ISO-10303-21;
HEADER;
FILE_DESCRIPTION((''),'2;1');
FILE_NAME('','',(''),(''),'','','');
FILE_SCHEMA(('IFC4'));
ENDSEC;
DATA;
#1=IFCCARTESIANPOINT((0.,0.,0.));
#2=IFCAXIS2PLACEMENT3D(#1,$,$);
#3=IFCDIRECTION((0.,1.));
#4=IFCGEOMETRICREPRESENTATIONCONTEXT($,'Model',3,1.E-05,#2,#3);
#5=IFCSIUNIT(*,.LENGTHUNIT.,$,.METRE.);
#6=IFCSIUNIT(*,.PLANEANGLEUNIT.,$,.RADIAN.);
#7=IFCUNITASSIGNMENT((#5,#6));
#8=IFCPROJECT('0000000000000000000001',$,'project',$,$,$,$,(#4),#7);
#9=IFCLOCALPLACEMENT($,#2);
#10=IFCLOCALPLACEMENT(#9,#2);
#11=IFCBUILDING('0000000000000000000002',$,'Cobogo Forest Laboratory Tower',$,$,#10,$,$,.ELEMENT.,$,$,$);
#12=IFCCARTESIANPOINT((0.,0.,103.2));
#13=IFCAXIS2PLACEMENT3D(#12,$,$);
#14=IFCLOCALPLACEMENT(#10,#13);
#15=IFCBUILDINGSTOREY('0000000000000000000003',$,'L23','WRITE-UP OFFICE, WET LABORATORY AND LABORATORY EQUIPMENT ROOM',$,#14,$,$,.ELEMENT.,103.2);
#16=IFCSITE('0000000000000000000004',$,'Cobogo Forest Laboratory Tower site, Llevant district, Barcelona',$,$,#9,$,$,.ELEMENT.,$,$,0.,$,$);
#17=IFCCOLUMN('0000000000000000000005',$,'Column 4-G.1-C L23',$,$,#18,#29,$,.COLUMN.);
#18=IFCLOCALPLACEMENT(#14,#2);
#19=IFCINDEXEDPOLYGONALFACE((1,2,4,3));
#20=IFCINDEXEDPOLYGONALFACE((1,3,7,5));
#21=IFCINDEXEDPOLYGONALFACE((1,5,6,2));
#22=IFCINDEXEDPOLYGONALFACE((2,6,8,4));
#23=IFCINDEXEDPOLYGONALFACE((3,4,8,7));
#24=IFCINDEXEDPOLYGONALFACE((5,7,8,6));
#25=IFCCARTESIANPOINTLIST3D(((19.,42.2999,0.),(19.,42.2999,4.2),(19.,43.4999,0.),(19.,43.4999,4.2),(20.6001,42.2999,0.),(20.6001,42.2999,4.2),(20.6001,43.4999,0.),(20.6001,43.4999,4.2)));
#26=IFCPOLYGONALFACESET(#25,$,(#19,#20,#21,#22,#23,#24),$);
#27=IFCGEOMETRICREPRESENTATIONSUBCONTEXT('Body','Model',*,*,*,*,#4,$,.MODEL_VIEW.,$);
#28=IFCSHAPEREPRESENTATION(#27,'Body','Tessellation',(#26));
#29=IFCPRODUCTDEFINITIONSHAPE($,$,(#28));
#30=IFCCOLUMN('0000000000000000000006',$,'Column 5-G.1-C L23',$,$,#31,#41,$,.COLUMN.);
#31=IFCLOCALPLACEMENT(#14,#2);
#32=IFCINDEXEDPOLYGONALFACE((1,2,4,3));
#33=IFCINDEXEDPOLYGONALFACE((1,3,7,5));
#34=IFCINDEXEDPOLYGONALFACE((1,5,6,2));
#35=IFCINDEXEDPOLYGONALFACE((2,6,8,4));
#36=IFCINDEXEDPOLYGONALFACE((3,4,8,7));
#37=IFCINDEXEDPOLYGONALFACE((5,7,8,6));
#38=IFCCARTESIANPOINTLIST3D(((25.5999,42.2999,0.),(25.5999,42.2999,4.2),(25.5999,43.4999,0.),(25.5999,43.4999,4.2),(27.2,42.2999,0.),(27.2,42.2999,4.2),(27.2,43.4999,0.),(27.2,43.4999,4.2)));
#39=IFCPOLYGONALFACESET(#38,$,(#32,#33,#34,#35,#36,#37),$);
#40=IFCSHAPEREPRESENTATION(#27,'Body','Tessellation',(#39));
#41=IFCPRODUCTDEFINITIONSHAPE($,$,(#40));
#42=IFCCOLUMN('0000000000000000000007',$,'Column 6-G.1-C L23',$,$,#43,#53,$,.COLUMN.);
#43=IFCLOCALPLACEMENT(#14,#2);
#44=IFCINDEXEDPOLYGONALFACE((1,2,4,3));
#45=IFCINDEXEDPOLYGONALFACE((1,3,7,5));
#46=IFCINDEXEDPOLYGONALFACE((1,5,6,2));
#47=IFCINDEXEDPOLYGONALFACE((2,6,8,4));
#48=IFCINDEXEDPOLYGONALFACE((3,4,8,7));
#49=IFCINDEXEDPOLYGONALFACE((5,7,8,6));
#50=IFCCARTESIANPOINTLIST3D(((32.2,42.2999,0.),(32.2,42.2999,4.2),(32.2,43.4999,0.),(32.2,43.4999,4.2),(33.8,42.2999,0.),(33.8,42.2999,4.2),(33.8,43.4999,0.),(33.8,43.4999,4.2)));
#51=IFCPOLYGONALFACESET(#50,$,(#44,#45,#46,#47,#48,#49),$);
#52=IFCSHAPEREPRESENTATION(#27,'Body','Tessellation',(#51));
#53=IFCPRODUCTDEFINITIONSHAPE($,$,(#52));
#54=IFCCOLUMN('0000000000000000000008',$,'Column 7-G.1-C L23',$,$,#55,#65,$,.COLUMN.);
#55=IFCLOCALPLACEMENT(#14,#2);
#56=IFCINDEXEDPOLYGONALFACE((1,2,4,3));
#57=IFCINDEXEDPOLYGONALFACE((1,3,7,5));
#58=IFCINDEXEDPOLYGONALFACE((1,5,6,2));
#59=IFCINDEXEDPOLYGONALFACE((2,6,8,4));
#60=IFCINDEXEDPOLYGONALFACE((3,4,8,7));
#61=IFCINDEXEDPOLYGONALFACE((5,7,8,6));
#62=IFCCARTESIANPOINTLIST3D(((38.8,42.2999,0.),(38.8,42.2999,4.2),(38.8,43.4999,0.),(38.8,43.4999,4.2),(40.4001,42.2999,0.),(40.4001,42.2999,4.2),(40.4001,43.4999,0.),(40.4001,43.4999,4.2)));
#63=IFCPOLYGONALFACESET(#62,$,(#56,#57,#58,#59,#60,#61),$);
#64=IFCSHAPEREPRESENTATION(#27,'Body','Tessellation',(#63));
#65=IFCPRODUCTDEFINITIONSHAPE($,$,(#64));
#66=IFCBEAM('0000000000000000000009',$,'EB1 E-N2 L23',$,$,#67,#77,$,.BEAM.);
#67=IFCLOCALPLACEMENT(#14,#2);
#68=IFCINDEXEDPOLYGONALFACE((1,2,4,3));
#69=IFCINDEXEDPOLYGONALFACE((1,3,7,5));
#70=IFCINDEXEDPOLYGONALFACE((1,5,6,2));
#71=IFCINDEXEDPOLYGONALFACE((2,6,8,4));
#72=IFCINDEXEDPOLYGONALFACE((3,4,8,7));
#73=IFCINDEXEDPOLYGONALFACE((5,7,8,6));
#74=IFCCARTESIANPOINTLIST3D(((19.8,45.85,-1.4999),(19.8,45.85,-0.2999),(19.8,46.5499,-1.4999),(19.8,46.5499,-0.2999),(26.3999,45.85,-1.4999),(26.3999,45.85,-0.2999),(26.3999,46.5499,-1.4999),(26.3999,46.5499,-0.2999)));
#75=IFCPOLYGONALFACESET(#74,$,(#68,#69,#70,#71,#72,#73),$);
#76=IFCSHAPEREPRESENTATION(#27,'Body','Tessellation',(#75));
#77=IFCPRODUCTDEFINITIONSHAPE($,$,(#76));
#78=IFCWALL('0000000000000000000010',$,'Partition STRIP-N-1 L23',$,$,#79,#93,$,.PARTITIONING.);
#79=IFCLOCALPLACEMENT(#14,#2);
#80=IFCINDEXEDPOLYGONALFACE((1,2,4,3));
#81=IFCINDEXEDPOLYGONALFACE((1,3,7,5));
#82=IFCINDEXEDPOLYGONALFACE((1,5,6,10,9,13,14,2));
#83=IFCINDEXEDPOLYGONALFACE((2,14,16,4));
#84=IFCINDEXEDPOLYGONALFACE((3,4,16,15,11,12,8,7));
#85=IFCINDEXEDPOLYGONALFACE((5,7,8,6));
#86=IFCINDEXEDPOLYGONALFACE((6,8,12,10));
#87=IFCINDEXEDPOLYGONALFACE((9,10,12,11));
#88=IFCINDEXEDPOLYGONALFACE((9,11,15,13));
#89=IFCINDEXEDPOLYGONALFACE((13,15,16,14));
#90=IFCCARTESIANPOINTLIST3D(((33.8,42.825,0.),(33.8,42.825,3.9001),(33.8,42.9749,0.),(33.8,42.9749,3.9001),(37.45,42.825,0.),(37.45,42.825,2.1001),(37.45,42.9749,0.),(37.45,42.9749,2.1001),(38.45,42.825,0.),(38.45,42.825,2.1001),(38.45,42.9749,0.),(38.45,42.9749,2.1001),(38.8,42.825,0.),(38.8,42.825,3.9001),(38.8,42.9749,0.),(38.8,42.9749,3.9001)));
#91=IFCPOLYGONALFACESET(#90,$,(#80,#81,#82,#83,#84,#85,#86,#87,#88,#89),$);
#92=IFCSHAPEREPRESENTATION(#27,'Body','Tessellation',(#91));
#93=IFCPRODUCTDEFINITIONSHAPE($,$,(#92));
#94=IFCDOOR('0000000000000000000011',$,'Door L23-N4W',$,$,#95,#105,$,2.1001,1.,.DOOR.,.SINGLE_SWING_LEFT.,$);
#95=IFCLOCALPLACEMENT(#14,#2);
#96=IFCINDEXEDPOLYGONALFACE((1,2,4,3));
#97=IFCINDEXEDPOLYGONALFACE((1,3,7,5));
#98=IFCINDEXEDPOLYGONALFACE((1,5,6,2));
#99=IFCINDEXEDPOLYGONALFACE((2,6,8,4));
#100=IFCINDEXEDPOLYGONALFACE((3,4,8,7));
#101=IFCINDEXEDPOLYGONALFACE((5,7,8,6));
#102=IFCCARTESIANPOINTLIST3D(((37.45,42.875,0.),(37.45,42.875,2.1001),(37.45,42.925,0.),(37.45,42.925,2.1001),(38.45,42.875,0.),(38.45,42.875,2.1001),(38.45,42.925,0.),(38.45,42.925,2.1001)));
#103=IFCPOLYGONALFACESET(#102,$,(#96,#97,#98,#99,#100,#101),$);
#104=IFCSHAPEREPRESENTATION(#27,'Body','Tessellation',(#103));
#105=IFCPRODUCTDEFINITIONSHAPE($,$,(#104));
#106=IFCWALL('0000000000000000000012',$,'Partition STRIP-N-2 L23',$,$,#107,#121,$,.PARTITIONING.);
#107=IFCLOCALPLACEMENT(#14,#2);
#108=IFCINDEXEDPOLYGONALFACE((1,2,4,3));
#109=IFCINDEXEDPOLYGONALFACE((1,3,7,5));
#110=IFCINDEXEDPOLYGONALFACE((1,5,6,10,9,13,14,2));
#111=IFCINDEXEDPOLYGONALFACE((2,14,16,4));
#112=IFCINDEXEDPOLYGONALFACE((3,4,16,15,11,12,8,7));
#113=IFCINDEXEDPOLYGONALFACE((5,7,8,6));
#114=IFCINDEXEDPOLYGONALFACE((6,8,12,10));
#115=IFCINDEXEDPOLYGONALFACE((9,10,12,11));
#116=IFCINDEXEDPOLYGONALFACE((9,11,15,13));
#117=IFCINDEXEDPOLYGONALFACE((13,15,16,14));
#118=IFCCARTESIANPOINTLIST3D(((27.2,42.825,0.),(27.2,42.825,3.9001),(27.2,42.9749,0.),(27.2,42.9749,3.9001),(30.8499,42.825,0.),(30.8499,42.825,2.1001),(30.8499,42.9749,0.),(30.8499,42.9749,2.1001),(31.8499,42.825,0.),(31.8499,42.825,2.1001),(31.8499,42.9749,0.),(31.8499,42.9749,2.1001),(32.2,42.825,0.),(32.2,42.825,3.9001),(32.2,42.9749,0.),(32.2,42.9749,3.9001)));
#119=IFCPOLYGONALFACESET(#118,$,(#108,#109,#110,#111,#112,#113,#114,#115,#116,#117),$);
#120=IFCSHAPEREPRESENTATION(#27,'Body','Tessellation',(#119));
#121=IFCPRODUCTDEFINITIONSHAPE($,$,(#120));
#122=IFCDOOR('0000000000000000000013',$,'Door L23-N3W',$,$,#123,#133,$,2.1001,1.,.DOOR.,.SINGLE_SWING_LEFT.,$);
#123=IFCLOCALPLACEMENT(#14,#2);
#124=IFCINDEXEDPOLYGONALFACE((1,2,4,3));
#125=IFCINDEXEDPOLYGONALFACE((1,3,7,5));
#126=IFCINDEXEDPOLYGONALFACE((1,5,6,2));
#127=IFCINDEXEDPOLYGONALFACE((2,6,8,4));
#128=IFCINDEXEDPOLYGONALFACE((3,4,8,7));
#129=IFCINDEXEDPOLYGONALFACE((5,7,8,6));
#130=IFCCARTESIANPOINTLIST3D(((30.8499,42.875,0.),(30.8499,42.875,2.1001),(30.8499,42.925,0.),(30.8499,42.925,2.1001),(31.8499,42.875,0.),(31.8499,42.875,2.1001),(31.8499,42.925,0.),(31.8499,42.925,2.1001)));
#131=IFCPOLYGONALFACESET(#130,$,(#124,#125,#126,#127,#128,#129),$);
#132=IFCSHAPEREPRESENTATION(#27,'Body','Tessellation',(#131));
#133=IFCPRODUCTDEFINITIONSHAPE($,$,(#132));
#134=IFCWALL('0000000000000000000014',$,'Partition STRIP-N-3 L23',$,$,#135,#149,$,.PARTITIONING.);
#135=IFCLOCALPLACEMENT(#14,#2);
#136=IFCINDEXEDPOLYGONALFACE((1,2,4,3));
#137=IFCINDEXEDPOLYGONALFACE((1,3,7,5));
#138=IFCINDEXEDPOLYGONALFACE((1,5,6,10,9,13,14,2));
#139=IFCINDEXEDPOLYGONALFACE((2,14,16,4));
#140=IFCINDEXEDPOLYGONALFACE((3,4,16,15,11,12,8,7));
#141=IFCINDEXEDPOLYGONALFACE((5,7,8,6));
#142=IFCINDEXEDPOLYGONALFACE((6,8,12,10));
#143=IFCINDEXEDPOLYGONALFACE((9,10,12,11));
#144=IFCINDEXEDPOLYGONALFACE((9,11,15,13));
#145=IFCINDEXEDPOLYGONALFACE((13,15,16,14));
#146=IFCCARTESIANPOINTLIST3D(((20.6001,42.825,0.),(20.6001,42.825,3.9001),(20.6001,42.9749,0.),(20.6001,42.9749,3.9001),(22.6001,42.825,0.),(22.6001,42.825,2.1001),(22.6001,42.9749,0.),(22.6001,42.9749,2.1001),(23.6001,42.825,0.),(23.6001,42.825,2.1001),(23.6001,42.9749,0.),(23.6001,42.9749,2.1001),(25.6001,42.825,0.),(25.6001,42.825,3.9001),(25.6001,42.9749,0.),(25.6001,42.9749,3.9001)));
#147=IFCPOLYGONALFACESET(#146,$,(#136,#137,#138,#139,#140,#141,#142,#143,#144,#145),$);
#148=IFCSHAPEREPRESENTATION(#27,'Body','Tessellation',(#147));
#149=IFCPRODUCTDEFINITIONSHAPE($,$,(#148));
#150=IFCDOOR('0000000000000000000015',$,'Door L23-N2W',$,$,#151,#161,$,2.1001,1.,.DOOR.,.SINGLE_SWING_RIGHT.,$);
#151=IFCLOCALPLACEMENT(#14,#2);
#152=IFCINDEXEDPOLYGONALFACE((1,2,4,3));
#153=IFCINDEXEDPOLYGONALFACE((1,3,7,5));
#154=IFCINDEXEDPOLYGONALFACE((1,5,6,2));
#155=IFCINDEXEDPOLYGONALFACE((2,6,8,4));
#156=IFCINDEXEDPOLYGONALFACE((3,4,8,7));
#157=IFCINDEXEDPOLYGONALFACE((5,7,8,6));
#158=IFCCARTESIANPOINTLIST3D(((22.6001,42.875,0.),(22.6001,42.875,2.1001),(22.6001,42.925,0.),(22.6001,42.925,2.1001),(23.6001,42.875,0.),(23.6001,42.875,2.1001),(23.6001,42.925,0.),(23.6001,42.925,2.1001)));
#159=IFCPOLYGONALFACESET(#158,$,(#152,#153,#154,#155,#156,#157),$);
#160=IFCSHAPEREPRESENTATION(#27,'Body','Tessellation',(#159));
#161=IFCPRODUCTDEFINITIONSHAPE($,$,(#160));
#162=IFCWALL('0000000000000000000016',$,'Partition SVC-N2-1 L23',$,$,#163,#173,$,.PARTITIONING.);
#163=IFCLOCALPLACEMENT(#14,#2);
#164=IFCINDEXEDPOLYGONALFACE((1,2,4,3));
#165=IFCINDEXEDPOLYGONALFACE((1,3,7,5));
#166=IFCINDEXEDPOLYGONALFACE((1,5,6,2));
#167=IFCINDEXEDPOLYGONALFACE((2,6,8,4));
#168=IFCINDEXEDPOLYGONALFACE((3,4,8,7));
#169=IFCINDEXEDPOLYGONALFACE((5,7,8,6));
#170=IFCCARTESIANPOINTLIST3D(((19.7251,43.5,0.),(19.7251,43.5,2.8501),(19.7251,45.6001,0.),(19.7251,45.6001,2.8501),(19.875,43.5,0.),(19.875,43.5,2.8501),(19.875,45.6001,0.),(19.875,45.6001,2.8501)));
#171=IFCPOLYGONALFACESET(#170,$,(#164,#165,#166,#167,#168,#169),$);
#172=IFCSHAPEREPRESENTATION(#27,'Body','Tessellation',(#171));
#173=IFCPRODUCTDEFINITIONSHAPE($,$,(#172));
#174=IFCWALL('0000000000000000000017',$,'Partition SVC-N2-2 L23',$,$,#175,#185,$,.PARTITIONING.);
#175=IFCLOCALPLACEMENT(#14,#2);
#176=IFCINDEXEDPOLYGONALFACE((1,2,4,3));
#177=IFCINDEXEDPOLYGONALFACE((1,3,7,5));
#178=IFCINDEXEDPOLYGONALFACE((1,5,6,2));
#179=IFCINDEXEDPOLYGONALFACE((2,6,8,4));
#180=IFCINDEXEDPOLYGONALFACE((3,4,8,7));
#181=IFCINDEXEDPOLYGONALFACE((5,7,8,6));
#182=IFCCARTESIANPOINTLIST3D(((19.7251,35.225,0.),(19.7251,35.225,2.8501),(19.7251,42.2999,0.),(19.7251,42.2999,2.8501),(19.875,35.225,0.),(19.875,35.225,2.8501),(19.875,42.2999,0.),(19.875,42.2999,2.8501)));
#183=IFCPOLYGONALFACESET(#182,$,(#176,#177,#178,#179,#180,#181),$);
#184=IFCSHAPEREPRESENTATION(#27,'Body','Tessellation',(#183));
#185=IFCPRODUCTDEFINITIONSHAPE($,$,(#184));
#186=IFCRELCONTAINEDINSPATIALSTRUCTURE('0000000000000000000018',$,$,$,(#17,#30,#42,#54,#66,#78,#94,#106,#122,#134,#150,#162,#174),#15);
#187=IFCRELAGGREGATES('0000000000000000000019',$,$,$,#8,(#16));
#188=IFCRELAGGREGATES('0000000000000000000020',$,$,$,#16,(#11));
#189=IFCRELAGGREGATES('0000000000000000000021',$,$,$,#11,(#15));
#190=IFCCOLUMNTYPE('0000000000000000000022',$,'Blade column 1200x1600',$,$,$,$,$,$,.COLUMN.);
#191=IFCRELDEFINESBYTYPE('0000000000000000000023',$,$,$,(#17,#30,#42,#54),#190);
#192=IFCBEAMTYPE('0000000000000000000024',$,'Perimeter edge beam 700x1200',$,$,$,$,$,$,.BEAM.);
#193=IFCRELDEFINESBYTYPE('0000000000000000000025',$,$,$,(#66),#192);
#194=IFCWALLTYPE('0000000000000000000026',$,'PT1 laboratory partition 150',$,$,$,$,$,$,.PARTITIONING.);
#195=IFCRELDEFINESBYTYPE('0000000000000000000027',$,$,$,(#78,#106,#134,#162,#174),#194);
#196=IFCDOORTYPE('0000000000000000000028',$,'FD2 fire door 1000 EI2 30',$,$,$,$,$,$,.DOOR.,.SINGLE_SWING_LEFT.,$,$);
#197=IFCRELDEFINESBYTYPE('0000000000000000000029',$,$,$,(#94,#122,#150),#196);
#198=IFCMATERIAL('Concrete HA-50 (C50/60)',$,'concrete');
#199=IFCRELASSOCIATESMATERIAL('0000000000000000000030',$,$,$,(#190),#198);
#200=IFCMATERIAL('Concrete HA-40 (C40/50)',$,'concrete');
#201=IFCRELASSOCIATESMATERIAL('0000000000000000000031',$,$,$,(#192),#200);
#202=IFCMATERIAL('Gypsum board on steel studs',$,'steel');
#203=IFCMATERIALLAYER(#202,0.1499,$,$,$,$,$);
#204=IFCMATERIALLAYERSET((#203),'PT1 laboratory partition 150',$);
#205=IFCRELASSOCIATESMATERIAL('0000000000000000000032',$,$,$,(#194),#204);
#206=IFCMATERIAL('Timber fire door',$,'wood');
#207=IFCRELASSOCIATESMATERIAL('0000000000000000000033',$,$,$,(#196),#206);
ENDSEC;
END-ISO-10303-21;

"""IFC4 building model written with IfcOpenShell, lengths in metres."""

from ifc_helpers import new_model, si_unit, direction, frame, frame_2d, origin, origin_2d, place, context, subcontext, project, spatial, rectangle, extrude, material, layer, layer_set, material_profile, profile_set, type_object, element, fill, save


model = new_model("IFC4")

# Units and contexts
model_context = context("Model", 3, precision=1e-05, world=origin(), true_north=direction((0.0, 1.0)))
body_context = subcontext(model_context, "Body", "Model", "MODEL_VIEW")
ifc_project = project(units=[si_unit("LENGTHUNIT", "METRE"), si_unit("PLANEANGLEUNIT", "RADIAN")], contexts=[model_context])

# Site, building, storey
site_placement = place(None, origin())
site = spatial("IfcSite", under=ifc_project, at=site_placement, Name="Cobogo Forest Laboratory Tower site, Llevant district, Barcelona", CompositionType="ELEMENT", RefElevation=0.0)
building_placement = place(site_placement, origin())
building = spatial("IfcBuilding", under=site, at=building_placement, Name="Cobogo Forest Laboratory Tower", CompositionType="ELEMENT")
storey_placement = place(building_placement, frame((0.0, 0.0, 103.2)))
storey = spatial("IfcBuildingStorey", under=building, at=storey_placement, Name="L23", Description="WRITE-UP OFFICE, WET LABORATORY AND LABORATORY EQUIPMENT ROOM", CompositionType="ELEMENT", Elevation=103.2)

# Columns
ifc_material_1 = material(Name="Concrete HA-50 (C50/60)", Category="concrete")
ifc_material_profile_1 = material_profile(ifc_material_1, rectangle(XDim=1.6001, YDim=1.2, at=origin_2d()), Name="RC 1200x1600")
ifc_profile_set_1 = profile_set([ifc_material_profile_1], Name="Concrete HA-50 (C50/60)")
column_type = type_object("IfcColumnType", Name="Blade column 1200x1600", PredefinedType="COLUMN", material=ifc_profile_set_1)
for number, where, z_axis, x_axis, name in (
    (1, (19.8, 42.8999, 0.0), (0.0, 0.0, 1.0), (1.0, 0.0, 0.0), "Column 4-G.1-C L23"),
    (2, (26.3999, 42.8999, 0.0), (0.0, 0.0, 1.0), (1.0, 0.0, 0.0), "Column 5-G.1-C L23"),
    (3, (33.0, 42.8999, 0.0), (0.0, 0.0, 1.0), (1.0, 0.0, 0.0), "Column 6-G.1-C L23"),
    (4, (39.6001, 42.8999, 0.0), (0.0, 0.0, 1.0), (1.0, 0.0, 0.0), "Column 7-G.1-C L23"),
):
    element("IfcColumn", number, at=place(storey_placement, frame(where, z_axis=z_axis, x_axis=x_axis)), inside=storey, type_object=column_type, Name=name, PredefinedType="COLUMN", context=body_context, shape_type="SweptSolid", body=[
        extrude(rectangle(XDim=1.6001, YDim=1.2, at=origin_2d()), origin(), (0.0, 0.0, 1.0), 4.2),
    ])

# Beam
ifc_material_2 = material(Name="Concrete HA-40 (C40/50)", Category="concrete")
ifc_material_profile_2 = material_profile(ifc_material_2, rectangle(XDim=0.7, YDim=1.2, at=origin_2d()), Name="RC 700x1200")
ifc_profile_set_2 = profile_set([ifc_material_profile_2], Name="Concrete HA-40 (C40/50)")
beam_type = type_object("IfcBeamType", Name="Perimeter edge beam 700x1200", PredefinedType="BEAM", material=ifc_profile_set_2)
beam_placement = place(storey_placement, frame((19.8, 46.2, -0.8999), z_axis=(1.0, 0.0, 0.0), x_axis=(0.0, 1.0, 0.0)))
element("IfcBeam", 5, at=beam_placement, inside=storey, type_object=beam_type, Name="EB1 E-N2 L23", PredefinedType="BEAM", context=body_context, shape_type="SweptSolid", body=[
    extrude(rectangle(XDim=0.7, YDim=1.2, at=origin_2d()), origin(), (0.0, 0.0, 1.0), 6.5999),
])

# Walls, openings, doors
ifc_material_3 = material(Name="Gypsum board on steel studs", Category="steel")
ifc_layer = layer(ifc_material_3, 0.1499)
ifc_layer_set = layer_set([ifc_layer], Name="PT1 laboratory partition 150")
wall_type = type_object("IfcWallType", Name="PT1 laboratory partition 150", PredefinedType="PARTITIONING", material=ifc_layer_set)
wall_1_placement = place(storey_placement, frame((38.8, 42.8999, 0.0), z_axis=(0.0, 0.0, 1.0), x_axis=(-1.0, 0.0, 0.0)))
wall_1 = element("IfcWall", 6, at=wall_1_placement, inside=storey, type_object=wall_type, Name="Partition STRIP-N-1 L23", PredefinedType="PARTITIONING", context=body_context, shape_type="SweptSolid", body=[
    extrude(rectangle(XDim=5.0, YDim=0.1499, at=frame_2d((2.5, 0.0))), origin(), (0.0, 0.0, 1.0), 3.9001),
])
opening_1_placement = place(wall_1_placement, frame((0.3501, 0.0, 0.0)))
opening_1 = element("IfcOpeningElement", 7, at=opening_1_placement, cuts=wall_1, PredefinedType="OPENING", context=body_context, shape_type="SweptSolid", body=[
    extrude(rectangle(XDim=1.0, YDim=2.1001, at=frame_2d((0.5, 1.05))), frame((0.0, 0.085, 0.0), z_axis=(0.0, -1.0, 0.0), x_axis=(1.0, 0.0, 0.0)), (0.0, 0.0, 1.0), 0.1699),
])
ifc_material_4 = material(Name="Timber fire door", Category="wood")
door_type = type_object("IfcDoorType", Name="FD2 fire door 1000 EI2 30", OperationType="SINGLE_SWING_LEFT", PredefinedType="DOOR", material=ifc_material_4)
door_1_placement = place(opening_1_placement, origin())
door_1 = element("IfcDoor", 8, at=door_1_placement, inside=storey, type_object=door_type, Name="Door L23-N4W", OperationType="SINGLE_SWING_LEFT", OverallHeight=2.1001, OverallWidth=1.0, PredefinedType="DOOR", context=body_context, shape_type="SweptSolid", body=[
    extrude(rectangle(XDim=1.0, YDim=2.1001, at=frame_2d((0.5, 1.05))), frame((0.0, 0.0249, 0.0), z_axis=(0.0, -1.0, 0.0), x_axis=(1.0, 0.0, 0.0)), (0.0, 0.0, 1.0), 0.05),
])
fill(opening_1, door_1)
wall_2_placement = place(storey_placement, frame((32.2, 42.8999, 0.0), z_axis=(0.0, 0.0, 1.0), x_axis=(-1.0, 0.0, 0.0)))
wall_2 = element("IfcWall", 9, at=wall_2_placement, inside=storey, type_object=wall_type, Name="Partition STRIP-N-2 L23", PredefinedType="PARTITIONING", context=body_context, shape_type="SweptSolid", body=[
    extrude(rectangle(XDim=5.0, YDim=0.1499, at=frame_2d((2.5, 0.0))), origin(), (0.0, 0.0, 1.0), 3.9001),
])
opening_2_placement = place(wall_2_placement, frame((0.3501, 0.0, 0.0)))
opening_2 = element("IfcOpeningElement", 10, at=opening_2_placement, cuts=wall_2, PredefinedType="OPENING", context=body_context, shape_type="SweptSolid", body=[
    extrude(rectangle(XDim=1.0, YDim=2.1001, at=frame_2d((0.5, 1.05))), frame((0.0, 0.085, 0.0), z_axis=(0.0, -1.0, 0.0), x_axis=(1.0, 0.0, 0.0)), (0.0, 0.0, 1.0), 0.1699),
])
door_2_placement = place(opening_2_placement, origin())
door_2 = element("IfcDoor", 11, at=door_2_placement, inside=storey, type_object=door_type, Name="Door L23-N3W", OperationType="SINGLE_SWING_LEFT", OverallHeight=2.1001, OverallWidth=1.0, PredefinedType="DOOR", context=body_context, shape_type="SweptSolid", body=[
    extrude(rectangle(XDim=1.0, YDim=2.1001, at=frame_2d((0.5, 1.05))), frame((0.0, 0.0249, 0.0), z_axis=(0.0, -1.0, 0.0), x_axis=(1.0, 0.0, 0.0)), (0.0, 0.0, 1.0), 0.05),
])
fill(opening_2, door_2)
wall_3_placement = place(storey_placement, frame((25.6001, 42.8999, 0.0), z_axis=(0.0, 0.0, 1.0), x_axis=(-1.0, 0.0, 0.0)))
wall_3 = element("IfcWall", 12, at=wall_3_placement, inside=storey, type_object=wall_type, Name="Partition STRIP-N-3 L23", PredefinedType="PARTITIONING", context=body_context, shape_type="SweptSolid", body=[
    extrude(rectangle(XDim=5.0, YDim=0.1499, at=frame_2d((2.5, 0.0))), origin(), (0.0, 0.0, 1.0), 3.9001),
])
opening_3_placement = place(wall_3_placement, frame((2.0, 0.0, 0.0)))
opening_3 = element("IfcOpeningElement", 13, at=opening_3_placement, cuts=wall_3, PredefinedType="OPENING", context=body_context, shape_type="SweptSolid", body=[
    extrude(rectangle(XDim=1.0, YDim=2.1001, at=frame_2d((0.5, 1.05))), frame((0.0, 0.085, 0.0), z_axis=(0.0, -1.0, 0.0), x_axis=(1.0, 0.0, 0.0)), (0.0, 0.0, 1.0), 0.1699),
])
door_3_placement = place(opening_3_placement, origin())
door_3 = element("IfcDoor", 14, at=door_3_placement, inside=storey, type_object=door_type, Name="Door L23-N2W", OperationType="SINGLE_SWING_RIGHT", OverallHeight=2.1001, OverallWidth=1.0, PredefinedType="DOOR", context=body_context, shape_type="SweptSolid", body=[
    extrude(rectangle(XDim=1.0, YDim=2.1001, at=frame_2d((0.5, 1.05))), frame((0.0, 0.0249, 0.0), z_axis=(0.0, -1.0, 0.0), x_axis=(1.0, 0.0, 0.0)), (0.0, 0.0, 1.0), 0.05),
])
fill(opening_3, door_3)

# Walls
wall_4_placement = place(storey_placement, frame((19.8, 45.6001, 0.0), z_axis=(0.0, 0.0, 1.0), x_axis=(0.0, -1.0, 0.0)))
element("IfcWall", 15, at=wall_4_placement, inside=storey, type_object=wall_type, Name="Partition SVC-N2-1 L23", PredefinedType="PARTITIONING", context=body_context, shape_type="SweptSolid", body=[
    extrude(rectangle(XDim=2.1001, YDim=0.1499, at=frame_2d((1.05, 0.0))), origin(), (0.0, 0.0, 1.0), 2.8501),
])
wall_5_placement = place(storey_placement, frame((19.8, 42.3, 0.0), z_axis=(0.0, 0.0, 1.0), x_axis=(0.0, -1.0, 0.0)))
element("IfcWall", 16, at=wall_5_placement, inside=storey, type_object=wall_type, Name="Partition SVC-N2-2 L23", PredefinedType="PARTITIONING", context=body_context, shape_type="SweptSolid", body=[
    extrude(rectangle(XDim=7.075, YDim=0.1499, at=frame_2d((3.5376, 0.0))), origin(), (0.0, 0.0, 1.0), 2.8501),
])

save(model, "model.ifc")
